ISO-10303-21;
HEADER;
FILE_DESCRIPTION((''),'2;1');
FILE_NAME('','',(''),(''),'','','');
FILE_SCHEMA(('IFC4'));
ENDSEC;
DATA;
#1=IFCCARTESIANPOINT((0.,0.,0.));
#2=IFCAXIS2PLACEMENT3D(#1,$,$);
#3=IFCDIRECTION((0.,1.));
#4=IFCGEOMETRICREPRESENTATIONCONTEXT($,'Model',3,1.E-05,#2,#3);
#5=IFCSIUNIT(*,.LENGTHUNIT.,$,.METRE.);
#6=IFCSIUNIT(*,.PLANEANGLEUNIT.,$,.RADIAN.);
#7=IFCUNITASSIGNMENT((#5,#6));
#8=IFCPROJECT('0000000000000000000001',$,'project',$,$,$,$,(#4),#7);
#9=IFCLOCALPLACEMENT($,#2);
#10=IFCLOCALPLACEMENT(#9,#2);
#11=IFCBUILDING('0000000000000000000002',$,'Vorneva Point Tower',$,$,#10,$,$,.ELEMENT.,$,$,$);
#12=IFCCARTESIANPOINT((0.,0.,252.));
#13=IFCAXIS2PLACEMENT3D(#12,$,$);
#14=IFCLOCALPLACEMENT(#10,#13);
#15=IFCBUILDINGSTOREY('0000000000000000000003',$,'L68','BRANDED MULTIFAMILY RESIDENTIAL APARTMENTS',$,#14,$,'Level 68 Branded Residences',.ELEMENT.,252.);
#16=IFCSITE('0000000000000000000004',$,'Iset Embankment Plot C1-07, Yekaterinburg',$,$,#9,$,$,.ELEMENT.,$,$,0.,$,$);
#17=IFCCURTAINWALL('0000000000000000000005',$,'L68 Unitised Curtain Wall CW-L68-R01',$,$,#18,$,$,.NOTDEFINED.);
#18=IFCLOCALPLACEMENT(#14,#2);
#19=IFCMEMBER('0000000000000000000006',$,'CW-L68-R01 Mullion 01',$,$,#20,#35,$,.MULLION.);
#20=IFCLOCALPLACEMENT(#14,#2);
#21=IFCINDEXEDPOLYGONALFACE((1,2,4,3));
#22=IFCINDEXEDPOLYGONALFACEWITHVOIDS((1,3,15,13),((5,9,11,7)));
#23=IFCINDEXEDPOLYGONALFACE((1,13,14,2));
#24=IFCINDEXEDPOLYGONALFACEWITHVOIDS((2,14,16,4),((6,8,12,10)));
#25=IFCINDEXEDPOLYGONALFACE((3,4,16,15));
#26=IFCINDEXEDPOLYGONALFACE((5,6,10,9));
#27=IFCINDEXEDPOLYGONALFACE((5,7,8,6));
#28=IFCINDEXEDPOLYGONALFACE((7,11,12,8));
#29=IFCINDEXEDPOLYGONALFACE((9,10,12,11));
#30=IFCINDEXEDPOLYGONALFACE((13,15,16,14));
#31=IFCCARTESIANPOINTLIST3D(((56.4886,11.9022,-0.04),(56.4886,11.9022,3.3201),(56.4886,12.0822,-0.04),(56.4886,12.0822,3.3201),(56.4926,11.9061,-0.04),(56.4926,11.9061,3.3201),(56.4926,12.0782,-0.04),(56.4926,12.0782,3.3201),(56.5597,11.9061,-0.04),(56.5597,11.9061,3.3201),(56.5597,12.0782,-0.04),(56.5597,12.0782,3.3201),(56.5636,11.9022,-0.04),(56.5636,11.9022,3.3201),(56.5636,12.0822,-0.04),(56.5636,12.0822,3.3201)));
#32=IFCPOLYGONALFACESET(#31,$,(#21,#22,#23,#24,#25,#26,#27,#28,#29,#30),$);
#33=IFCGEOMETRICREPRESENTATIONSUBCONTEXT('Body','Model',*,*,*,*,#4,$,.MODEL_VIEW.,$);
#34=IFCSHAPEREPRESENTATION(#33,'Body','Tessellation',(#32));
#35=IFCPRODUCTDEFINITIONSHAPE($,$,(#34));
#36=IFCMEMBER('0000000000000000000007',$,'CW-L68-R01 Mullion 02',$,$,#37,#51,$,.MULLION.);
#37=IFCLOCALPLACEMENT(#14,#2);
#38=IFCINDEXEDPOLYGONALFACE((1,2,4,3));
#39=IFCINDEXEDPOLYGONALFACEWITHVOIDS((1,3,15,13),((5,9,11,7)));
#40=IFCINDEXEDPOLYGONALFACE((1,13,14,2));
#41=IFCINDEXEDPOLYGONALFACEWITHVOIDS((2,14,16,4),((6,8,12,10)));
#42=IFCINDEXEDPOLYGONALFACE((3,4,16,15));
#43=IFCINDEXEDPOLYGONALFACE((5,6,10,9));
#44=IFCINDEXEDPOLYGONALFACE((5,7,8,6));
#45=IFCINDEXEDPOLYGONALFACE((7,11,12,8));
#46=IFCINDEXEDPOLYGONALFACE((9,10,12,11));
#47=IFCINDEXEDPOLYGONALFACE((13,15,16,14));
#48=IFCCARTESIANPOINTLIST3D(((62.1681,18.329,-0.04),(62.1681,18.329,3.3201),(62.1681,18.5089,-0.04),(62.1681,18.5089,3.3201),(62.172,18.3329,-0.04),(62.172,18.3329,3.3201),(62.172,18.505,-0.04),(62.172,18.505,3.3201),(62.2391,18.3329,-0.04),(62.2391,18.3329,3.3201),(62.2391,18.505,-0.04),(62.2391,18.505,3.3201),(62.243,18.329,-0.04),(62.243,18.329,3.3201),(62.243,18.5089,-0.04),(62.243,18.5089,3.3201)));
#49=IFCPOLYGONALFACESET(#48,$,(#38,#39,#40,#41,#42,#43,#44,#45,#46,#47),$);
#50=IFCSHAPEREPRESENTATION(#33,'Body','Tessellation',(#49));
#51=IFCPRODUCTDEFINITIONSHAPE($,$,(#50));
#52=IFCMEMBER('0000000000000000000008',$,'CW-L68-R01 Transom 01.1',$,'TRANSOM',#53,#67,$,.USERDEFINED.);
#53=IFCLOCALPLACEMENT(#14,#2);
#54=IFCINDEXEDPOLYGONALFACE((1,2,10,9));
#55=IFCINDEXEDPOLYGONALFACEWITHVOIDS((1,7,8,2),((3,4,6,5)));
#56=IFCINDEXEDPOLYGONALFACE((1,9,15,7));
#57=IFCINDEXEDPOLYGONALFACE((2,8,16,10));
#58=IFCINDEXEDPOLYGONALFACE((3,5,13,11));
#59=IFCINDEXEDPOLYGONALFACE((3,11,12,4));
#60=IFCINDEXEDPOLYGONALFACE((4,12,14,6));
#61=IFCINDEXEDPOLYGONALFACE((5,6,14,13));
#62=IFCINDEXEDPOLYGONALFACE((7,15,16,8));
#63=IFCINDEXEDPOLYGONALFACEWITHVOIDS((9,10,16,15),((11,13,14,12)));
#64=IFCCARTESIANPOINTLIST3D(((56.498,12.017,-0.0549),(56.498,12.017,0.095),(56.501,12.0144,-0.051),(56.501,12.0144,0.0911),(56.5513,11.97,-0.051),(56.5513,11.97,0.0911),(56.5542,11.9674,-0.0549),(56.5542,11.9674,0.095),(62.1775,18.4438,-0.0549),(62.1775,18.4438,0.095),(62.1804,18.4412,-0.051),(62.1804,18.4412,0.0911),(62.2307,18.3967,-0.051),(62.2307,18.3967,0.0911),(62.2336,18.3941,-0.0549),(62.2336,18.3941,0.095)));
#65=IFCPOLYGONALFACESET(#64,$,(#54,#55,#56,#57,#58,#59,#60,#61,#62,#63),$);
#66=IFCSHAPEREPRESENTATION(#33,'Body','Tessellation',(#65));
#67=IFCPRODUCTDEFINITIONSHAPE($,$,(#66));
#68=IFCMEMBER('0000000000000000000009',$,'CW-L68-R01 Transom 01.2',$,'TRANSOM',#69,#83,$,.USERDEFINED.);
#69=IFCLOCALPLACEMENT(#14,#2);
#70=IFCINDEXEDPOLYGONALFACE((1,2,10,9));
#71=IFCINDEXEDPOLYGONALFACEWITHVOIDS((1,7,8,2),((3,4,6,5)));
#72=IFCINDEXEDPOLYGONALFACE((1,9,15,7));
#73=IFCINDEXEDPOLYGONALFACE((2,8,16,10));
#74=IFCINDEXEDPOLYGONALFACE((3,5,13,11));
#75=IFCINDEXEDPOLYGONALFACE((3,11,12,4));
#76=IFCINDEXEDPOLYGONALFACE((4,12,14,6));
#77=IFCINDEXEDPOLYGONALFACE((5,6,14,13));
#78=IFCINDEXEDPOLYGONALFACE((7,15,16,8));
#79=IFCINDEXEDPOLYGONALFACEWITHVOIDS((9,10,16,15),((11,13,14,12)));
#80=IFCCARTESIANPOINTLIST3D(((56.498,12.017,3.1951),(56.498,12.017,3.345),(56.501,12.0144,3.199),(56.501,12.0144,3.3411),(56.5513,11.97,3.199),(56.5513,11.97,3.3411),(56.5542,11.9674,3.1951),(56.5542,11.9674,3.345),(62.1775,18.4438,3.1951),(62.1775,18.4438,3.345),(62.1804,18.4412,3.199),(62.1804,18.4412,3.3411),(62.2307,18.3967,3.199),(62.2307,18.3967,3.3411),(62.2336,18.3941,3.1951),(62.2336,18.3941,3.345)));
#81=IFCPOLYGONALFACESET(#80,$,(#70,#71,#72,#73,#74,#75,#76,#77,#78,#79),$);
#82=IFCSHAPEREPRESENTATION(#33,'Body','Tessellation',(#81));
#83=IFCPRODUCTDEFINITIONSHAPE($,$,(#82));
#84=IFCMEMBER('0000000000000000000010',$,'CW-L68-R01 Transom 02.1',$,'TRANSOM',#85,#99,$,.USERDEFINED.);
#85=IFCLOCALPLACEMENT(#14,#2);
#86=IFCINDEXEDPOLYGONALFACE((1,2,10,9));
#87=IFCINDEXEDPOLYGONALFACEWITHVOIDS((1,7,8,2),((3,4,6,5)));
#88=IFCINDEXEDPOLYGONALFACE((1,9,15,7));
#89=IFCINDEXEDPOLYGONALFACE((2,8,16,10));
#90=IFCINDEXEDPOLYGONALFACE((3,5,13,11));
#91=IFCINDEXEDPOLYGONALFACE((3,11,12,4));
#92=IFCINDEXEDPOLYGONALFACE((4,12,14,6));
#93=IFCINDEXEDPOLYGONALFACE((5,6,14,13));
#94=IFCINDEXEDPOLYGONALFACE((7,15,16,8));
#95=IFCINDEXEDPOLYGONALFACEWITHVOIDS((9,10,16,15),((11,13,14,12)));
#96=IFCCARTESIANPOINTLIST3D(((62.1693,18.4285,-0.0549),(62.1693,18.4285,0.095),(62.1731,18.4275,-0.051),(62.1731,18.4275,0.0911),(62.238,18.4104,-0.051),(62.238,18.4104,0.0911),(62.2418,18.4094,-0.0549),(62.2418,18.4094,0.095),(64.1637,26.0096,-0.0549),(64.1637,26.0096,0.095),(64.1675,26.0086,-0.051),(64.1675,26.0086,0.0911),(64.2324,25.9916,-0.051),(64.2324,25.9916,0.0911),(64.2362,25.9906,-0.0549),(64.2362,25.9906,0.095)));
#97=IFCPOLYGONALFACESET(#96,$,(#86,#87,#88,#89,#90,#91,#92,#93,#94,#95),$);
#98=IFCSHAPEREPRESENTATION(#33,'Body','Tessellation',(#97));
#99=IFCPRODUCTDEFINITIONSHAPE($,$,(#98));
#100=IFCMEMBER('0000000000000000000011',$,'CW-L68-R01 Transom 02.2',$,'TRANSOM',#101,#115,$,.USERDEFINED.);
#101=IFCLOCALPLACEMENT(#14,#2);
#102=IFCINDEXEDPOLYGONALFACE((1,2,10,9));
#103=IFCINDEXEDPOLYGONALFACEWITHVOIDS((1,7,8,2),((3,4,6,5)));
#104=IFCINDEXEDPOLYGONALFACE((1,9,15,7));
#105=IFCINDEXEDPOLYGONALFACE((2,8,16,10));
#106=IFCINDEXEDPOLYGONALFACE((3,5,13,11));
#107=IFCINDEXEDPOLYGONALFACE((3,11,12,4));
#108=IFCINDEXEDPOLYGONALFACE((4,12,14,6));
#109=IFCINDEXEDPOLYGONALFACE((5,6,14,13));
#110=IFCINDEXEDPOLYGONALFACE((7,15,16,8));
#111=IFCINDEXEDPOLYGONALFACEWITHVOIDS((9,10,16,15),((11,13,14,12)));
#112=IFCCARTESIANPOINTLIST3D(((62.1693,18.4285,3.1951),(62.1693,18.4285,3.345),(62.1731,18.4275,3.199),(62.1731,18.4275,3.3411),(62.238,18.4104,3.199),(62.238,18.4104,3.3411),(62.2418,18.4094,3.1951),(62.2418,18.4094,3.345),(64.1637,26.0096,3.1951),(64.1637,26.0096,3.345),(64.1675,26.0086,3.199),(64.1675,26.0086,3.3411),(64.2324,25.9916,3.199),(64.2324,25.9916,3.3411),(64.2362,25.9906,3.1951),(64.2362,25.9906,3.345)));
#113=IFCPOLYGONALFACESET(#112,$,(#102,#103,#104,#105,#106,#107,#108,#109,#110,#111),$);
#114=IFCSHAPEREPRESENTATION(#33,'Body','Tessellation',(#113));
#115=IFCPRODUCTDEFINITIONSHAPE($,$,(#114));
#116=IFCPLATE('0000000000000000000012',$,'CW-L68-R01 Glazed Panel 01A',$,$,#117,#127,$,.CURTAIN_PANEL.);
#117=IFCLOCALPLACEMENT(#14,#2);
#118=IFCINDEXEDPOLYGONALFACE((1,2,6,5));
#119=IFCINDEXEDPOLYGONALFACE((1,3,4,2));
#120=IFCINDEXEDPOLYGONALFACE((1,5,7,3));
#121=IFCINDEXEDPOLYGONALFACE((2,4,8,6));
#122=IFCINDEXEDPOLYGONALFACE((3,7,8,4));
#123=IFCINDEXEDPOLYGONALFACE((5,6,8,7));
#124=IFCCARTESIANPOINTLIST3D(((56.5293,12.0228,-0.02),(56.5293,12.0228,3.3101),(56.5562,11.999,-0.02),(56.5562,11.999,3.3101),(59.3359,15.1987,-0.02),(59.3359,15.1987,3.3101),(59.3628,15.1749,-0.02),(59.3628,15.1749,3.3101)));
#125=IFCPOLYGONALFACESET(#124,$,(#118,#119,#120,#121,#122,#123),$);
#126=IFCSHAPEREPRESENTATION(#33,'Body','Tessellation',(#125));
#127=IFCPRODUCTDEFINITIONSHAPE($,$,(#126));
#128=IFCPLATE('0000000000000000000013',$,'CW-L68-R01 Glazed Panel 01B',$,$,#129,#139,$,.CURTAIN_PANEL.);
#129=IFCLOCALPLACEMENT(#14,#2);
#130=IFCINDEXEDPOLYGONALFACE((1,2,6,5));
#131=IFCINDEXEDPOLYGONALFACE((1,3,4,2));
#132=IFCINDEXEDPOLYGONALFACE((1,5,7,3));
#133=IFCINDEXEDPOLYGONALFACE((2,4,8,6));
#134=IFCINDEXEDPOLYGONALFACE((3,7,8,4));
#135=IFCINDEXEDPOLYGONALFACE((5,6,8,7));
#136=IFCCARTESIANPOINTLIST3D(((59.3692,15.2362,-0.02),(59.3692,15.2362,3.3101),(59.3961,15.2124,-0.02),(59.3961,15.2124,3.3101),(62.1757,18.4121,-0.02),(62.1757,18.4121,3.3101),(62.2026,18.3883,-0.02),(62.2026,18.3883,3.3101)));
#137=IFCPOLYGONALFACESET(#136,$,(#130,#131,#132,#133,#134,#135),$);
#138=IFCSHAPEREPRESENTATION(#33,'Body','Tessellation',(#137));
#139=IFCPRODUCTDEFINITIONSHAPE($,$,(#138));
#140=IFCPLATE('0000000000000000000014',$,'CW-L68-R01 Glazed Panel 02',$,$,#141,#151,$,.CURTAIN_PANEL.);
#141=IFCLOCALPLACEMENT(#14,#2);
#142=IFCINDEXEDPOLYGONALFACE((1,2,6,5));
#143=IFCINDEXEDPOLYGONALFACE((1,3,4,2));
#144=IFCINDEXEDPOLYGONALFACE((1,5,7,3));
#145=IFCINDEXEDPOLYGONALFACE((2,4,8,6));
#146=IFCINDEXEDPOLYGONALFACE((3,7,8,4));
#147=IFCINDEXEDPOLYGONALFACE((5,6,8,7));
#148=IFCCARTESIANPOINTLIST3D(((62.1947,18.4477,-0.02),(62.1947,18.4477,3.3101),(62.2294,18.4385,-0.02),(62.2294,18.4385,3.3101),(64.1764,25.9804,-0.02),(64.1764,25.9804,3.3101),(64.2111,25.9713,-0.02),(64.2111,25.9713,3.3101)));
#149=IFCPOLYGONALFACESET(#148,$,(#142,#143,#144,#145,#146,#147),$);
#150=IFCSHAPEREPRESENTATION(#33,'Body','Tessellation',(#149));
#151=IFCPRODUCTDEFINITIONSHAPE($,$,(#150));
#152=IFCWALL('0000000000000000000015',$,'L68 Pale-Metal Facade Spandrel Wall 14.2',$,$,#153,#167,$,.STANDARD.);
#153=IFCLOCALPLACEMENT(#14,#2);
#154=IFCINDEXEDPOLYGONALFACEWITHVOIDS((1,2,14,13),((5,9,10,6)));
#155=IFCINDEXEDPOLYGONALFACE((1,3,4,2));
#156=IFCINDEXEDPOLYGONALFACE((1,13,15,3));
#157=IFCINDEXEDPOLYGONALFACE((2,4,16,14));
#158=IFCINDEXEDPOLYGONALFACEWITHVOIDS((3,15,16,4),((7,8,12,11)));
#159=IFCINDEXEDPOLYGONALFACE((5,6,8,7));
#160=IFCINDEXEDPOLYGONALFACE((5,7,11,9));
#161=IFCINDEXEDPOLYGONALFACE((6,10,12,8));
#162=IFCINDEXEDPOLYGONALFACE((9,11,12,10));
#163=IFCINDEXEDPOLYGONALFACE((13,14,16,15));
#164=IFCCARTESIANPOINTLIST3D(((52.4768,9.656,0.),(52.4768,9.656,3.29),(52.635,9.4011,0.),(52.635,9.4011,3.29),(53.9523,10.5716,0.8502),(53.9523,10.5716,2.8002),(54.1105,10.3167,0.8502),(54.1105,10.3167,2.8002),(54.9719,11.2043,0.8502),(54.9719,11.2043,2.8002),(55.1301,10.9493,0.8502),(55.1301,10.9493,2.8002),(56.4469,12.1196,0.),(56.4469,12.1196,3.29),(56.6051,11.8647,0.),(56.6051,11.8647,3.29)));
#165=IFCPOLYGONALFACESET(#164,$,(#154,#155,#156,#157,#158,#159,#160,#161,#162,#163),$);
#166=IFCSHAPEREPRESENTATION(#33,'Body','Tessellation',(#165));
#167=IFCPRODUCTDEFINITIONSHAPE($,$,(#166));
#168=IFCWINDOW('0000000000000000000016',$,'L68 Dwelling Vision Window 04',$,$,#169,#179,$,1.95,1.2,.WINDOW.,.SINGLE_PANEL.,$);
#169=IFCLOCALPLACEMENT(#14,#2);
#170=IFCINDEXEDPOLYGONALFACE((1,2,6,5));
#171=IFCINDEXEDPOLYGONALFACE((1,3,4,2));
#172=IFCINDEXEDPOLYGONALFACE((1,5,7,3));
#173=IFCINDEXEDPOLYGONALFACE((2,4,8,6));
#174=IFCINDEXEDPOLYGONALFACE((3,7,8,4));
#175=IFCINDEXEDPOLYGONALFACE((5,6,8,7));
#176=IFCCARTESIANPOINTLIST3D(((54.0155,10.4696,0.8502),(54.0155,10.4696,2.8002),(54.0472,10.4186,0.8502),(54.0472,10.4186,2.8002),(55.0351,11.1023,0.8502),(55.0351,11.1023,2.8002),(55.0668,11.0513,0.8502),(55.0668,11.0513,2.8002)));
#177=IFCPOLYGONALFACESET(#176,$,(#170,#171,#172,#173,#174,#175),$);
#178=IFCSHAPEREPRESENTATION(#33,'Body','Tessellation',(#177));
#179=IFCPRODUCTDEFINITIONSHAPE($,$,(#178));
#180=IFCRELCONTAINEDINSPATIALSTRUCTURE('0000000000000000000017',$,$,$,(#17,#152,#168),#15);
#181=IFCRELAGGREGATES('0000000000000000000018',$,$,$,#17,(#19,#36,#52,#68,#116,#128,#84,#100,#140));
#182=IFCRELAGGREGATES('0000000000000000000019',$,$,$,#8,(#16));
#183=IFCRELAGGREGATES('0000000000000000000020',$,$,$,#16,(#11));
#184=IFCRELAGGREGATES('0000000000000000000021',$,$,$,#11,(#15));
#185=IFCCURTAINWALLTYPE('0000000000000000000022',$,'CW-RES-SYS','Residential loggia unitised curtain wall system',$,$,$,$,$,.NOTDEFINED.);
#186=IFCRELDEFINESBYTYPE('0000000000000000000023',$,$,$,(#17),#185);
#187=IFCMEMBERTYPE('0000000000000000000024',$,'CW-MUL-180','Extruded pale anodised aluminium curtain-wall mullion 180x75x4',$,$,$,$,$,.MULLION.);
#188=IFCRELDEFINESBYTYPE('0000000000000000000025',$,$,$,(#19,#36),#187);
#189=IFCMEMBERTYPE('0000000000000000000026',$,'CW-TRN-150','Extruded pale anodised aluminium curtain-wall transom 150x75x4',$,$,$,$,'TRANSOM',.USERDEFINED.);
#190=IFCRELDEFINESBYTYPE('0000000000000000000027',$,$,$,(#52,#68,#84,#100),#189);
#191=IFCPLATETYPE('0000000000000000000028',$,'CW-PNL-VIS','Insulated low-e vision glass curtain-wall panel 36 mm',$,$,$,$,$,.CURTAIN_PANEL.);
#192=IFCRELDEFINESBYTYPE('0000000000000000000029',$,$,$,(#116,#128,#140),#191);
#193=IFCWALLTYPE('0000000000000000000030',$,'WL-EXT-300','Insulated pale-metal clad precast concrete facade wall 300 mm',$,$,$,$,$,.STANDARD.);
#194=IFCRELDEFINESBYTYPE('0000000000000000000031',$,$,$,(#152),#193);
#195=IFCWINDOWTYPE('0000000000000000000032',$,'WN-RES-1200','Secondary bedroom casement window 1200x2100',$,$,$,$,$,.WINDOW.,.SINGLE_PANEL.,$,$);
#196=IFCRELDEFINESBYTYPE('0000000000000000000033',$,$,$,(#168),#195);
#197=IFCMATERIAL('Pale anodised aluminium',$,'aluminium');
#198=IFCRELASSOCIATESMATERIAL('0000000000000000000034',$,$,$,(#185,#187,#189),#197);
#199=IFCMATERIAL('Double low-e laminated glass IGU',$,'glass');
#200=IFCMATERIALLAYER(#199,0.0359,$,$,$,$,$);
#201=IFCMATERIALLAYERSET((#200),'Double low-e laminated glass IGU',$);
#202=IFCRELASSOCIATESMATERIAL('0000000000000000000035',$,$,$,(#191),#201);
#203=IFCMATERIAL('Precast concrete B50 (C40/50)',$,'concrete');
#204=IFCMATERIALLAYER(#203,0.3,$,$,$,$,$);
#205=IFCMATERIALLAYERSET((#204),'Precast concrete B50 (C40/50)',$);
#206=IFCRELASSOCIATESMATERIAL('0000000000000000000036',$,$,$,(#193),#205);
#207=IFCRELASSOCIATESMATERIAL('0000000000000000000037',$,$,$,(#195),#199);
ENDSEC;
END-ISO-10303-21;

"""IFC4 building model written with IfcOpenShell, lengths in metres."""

from ifc_helpers import new_model, si_unit, direction, frame, frame_2d, origin, origin_2d, place, context, subcontext, project, spatial, rectangle, hollow_rectangle, extrude, material, layer, layer_set, material_profile, profile_set, type_object, element, fill, aggregate, save


model = new_model("IFC4")

# Units and contexts
model_context = context("Model", 3, precision=1e-05, world=origin(), true_north=direction((0.0, 1.0)))
body_context = subcontext(model_context, "Body", "Model", "MODEL_VIEW")
ifc_project = project(units=[si_unit("LENGTHUNIT", "METRE"), si_unit("PLANEANGLEUNIT", "RADIAN")], contexts=[model_context])

# Site, building, storey
site_placement = place(None, origin())
site = spatial("IfcSite", under=ifc_project, at=site_placement, Name="Iset Embankment Plot C1-07, Yekaterinburg", CompositionType="ELEMENT", RefElevation=0.0)
building_placement = place(site_placement, origin())
building = spatial("IfcBuilding", under=site, at=building_placement, Name="Vorneva Point Tower", CompositionType="ELEMENT")
storey_placement = place(building_placement, frame((0.0, 0.0, 252.0)))
storey = spatial("IfcBuildingStorey", under=building, at=storey_placement, Name="L68", Description="BRANDED MULTIFAMILY RESIDENTIAL APARTMENTS", LongName="Level 68 Branded Residences", CompositionType="ELEMENT", Elevation=252.0)

# Curtain wall, members, plates
ifc_material_1 = material(Name="Pale anodised aluminium", Category="aluminium")
curtain_wall_type = type_object("IfcCurtainWallType", Name="CW-RES-SYS", Description="Residential loggia unitised curtain wall system", PredefinedType="NOTDEFINED", material=ifc_material_1)
curtain_wall_placement = place(storey_placement, origin())
curtain_wall = element("IfcCurtainWall", 1, at=curtain_wall_placement, inside=storey, type_object=curtain_wall_type, Name="L68 Unitised Curtain Wall CW-L68-R01", PredefinedType="NOTDEFINED")
ifc_material_profile_1 = material_profile(ifc_material_1, hollow_rectangle(XDim=0.075, YDim=0.1799, WallThickness=0.0039, at=origin_2d()), Name="AL-MUL 180x75x4")
ifc_profile_set_1 = profile_set([ifc_material_profile_1], Name="Pale anodised aluminium")
member_type_1 = type_object("IfcMemberType", Name="CW-MUL-180", Description="Extruded pale anodised aluminium curtain-wall mullion 180x75x4", PredefinedType="MULLION", material=ifc_profile_set_1)
member_1_placement = place(storey_placement, frame((56.5261, 11.9922, -0.04), z_axis=(0.0, 0.0, 1.0), x_axis=(1.0, 0.0, 0.0)))
member_1 = element("IfcMember", 2, at=member_1_placement, type_object=member_type_1, Name="CW-L68-R01 Mullion 01", PredefinedType="MULLION", context=body_context, shape_type="SweptSolid", body=[
    extrude(hollow_rectangle(XDim=0.075, YDim=0.1799, WallThickness=0.0039, at=origin_2d()), origin(), (0.0, 0.0, 1.0), 3.3601),
])
member_2_placement = place(storey_placement, frame((62.2056, 18.4189, -0.04), z_axis=(0.0, 0.0, 1.0), x_axis=(1.0, 0.0, 0.0)))
member_2 = element("IfcMember", 3, at=member_2_placement, type_object=member_type_1, Name="CW-L68-R01 Mullion 02", PredefinedType="MULLION", context=body_context, shape_type="SweptSolid", body=[
    extrude(hollow_rectangle(XDim=0.075, YDim=0.1799, WallThickness=0.0039, at=origin_2d()), origin(), (0.0, 0.0, 1.0), 3.3601),
])
ifc_material_profile_2 = material_profile(ifc_material_1, hollow_rectangle(XDim=0.075, YDim=0.1499, WallThickness=0.0039, at=origin_2d()), Name="AL-TRN 150x75x4")
ifc_profile_set_2 = profile_set([ifc_material_profile_2], Name="Pale anodised aluminium")
member_type_2 = type_object("IfcMemberType", Name="CW-TRN-150", Description="Extruded pale anodised aluminium curtain-wall transom 150x75x4", ElementType="TRANSOM", PredefinedType="USERDEFINED", material=ifc_profile_set_2)
member_3_placement = place(storey_placement, frame((56.5261, 11.9922, 0.02), z_axis=(0.662197, 0.74933, 0.0), x_axis=(-0.74933, 0.662197, 0.0)))
member_3 = element("IfcMember", 4, at=member_3_placement, type_object=member_type_2, Name="CW-L68-R01 Transom 01.1", ObjectType="TRANSOM", PredefinedType="USERDEFINED", context=body_context, shape_type="SweptSolid", body=[
    extrude(hollow_rectangle(XDim=0.075, YDim=0.1499, WallThickness=0.0039, at=origin_2d()), origin(), (0.0, 0.0, 1.0), 8.5767),
])
member_4_placement = place(storey_placement, frame((56.5261, 11.9922, 3.27), z_axis=(0.662197, 0.74933, 0.0), x_axis=(-0.74933, 0.662197, 0.0)))
member_4 = element("IfcMember", 5, at=member_4_placement, type_object=member_type_2, Name="CW-L68-R01 Transom 01.2", ObjectType="TRANSOM", PredefinedType="USERDEFINED", context=body_context, shape_type="SweptSolid", body=[
    extrude(hollow_rectangle(XDim=0.075, YDim=0.1499, WallThickness=0.0039, at=origin_2d()), origin(), (0.0, 0.0, 1.0), 8.5767),
])
member_5_placement = place(storey_placement, frame((62.2056, 18.4189, 0.02), z_axis=(0.254418, 0.967094, 0.0), x_axis=(-0.967094, 0.254418, 0.0)))
member_5 = element("IfcMember", 6, at=member_5_placement, type_object=member_type_2, Name="CW-L68-R01 Transom 02.1", ObjectType="TRANSOM", PredefinedType="USERDEFINED", context=body_context, shape_type="SweptSolid", body=[
    extrude(hollow_rectangle(XDim=0.075, YDim=0.1499, WallThickness=0.0039, at=origin_2d()), origin(), (0.0, 0.0, 1.0), 7.8391),
])
member_6_placement = place(storey_placement, frame((62.2056, 18.4189, 3.27), z_axis=(0.254418, 0.967094, 0.0), x_axis=(-0.967094, 0.254418, 0.0)))
member_6 = element("IfcMember", 7, at=member_6_placement, type_object=member_type_2, Name="CW-L68-R01 Transom 02.2", ObjectType="TRANSOM", PredefinedType="USERDEFINED", context=body_context, shape_type="SweptSolid", body=[
    extrude(hollow_rectangle(XDim=0.075, YDim=0.1499, WallThickness=0.0039, at=origin_2d()), origin(), (0.0, 0.0, 1.0), 7.8391),
])
ifc_material_2 = material(Name="Double low-e laminated glass IGU", Category="glass")
ifc_layer_1 = layer(ifc_material_2, 0.0359)
ifc_layer_set_1 = layer_set([ifc_layer_1], Name="Double low-e laminated glass IGU")
plate_type = type_object("IfcPlateType", Name="CW-PNL-VIS", Description="Insulated low-e vision glass curtain-wall panel 36 mm", PredefinedType="CURTAIN_PANEL", material=ifc_layer_set_1)
plate_1_placement = place(storey_placement, frame((57.946, 13.5989, -0.02), z_axis=(0.0, 0.0, 1.0), x_axis=(0.662189, 0.749337, 0.0)))
plate_1 = element("IfcPlate", 8, at=plate_1_placement, type_object=plate_type, Name="CW-L68-R01 Glazed Panel 01A", PredefinedType="CURTAIN_PANEL", context=body_context, shape_type="SweptSolid", body=[
    extrude(rectangle(XDim=4.2383, YDim=0.0359, at=origin_2d()), origin(), (0.0, 0.0, 1.0), 3.3301),
])
plate_2_placement = place(storey_placement, frame((60.7859, 16.8123, -0.02), z_axis=(0.0, 0.0, 1.0), x_axis=(0.662189, 0.749337, 0.0)))
plate_2 = element("IfcPlate", 9, at=plate_2_placement, type_object=plate_type, Name="CW-L68-R01 Glazed Panel 01B", PredefinedType="CURTAIN_PANEL", context=body_context, shape_type="SweptSolid", body=[
    extrude(rectangle(XDim=4.2383, YDim=0.0359, at=origin_2d()), origin(), (0.0, 0.0, 1.0), 3.3301),
])
plate_3_placement = place(storey_placement, frame((63.2029, 22.2095, -0.02), z_axis=(0.0, 0.0, 1.0), x_axis=(0.254416, 0.967095, 0.0)))
plate_3 = element("IfcPlate", 10, at=plate_3_placement, type_object=plate_type, Name="CW-L68-R01 Glazed Panel 02", PredefinedType="CURTAIN_PANEL", context=body_context, shape_type="SweptSolid", body=[
    extrude(rectangle(XDim=7.7891, YDim=0.0359, at=origin_2d()), origin(), (0.0, 0.0, 1.0), 3.3301),
])
aggregate(curtain_wall, [member_1, member_2, member_3, member_4, plate_1, plate_2, member_5, member_6, plate_3])

# Wall, opening, window
ifc_material_3 = material(Name="Precast concrete B50 (C40/50)", Category="concrete")
ifc_layer_2 = layer(ifc_material_3, 0.3)
ifc_layer_set_2 = layer_set([ifc_layer_2], Name="Precast concrete B50 (C40/50)")
wall_type_1 = type_object("IfcWallType", Name="WL-EXT-300", Description="Insulated pale-metal clad precast concrete facade wall 300 mm", PredefinedType="STANDARD", material=ifc_layer_set_2)
wall_1_placement = place(storey_placement, frame((52.5559, 9.5286, 0.0), z_axis=(0.0, 0.0, 1.0), x_axis=(0.849702, 0.527263, 0.0)))
wall_1 = element("IfcWall", 11, at=wall_1_placement, inside=storey, type_object=wall_type_1, Name="L68 Pale-Metal Facade Spandrel Wall 14.2", PredefinedType="STANDARD", context=body_context, shape_type="SweptSolid", body=[
    extrude(rectangle(XDim=4.6724, YDim=0.3, at=frame_2d((2.3362, 0.0))), origin(), (0.0, 0.0, 1.0), 3.29),
])
opening_placement = place(wall_1_placement, frame((1.7363, 0.0, 0.8501)))
opening = element("IfcOpeningElement", 12, at=opening_placement, cuts=wall_1, PredefinedType="OPENING", context=body_context, shape_type="SweptSolid", body=[
    extrude(rectangle(XDim=1.2, YDim=1.95, at=frame_2d((0.6001, 0.9751))), frame((0.0, 0.165, 0.0), z_axis=(0.0, -1.0, 0.0), x_axis=(1.0, 0.0, 0.0)), (0.0, 0.0, 1.0), 0.3298),
])
window_type = type_object("IfcWindowType", Name="WN-RES-1200", Description="Secondary bedroom casement window 1200x2100", PartitioningType="SINGLE_PANEL", PredefinedType="WINDOW", material=ifc_material_2)
window_placement = place(opening_placement, origin())
window = element("IfcWindow", 13, at=window_placement, inside=storey, type_object=window_type, Name="L68 Dwelling Vision Window 04", OverallHeight=1.95, OverallWidth=1.2, PartitioningType="SINGLE_PANEL", PredefinedType="WINDOW", context=body_context, shape_type="SweptSolid", body=[
    extrude(rectangle(XDim=1.2, YDim=1.95, at=frame_2d((0.6001, 0.9751))), frame((0.0, 0.03, 0.0), z_axis=(0.0, -1.0, 0.0), x_axis=(1.0, 0.0, 0.0)), (0.0, 0.0, 1.0), 0.0601),
])
fill(opening, window)

save(model, "model.ifc")
